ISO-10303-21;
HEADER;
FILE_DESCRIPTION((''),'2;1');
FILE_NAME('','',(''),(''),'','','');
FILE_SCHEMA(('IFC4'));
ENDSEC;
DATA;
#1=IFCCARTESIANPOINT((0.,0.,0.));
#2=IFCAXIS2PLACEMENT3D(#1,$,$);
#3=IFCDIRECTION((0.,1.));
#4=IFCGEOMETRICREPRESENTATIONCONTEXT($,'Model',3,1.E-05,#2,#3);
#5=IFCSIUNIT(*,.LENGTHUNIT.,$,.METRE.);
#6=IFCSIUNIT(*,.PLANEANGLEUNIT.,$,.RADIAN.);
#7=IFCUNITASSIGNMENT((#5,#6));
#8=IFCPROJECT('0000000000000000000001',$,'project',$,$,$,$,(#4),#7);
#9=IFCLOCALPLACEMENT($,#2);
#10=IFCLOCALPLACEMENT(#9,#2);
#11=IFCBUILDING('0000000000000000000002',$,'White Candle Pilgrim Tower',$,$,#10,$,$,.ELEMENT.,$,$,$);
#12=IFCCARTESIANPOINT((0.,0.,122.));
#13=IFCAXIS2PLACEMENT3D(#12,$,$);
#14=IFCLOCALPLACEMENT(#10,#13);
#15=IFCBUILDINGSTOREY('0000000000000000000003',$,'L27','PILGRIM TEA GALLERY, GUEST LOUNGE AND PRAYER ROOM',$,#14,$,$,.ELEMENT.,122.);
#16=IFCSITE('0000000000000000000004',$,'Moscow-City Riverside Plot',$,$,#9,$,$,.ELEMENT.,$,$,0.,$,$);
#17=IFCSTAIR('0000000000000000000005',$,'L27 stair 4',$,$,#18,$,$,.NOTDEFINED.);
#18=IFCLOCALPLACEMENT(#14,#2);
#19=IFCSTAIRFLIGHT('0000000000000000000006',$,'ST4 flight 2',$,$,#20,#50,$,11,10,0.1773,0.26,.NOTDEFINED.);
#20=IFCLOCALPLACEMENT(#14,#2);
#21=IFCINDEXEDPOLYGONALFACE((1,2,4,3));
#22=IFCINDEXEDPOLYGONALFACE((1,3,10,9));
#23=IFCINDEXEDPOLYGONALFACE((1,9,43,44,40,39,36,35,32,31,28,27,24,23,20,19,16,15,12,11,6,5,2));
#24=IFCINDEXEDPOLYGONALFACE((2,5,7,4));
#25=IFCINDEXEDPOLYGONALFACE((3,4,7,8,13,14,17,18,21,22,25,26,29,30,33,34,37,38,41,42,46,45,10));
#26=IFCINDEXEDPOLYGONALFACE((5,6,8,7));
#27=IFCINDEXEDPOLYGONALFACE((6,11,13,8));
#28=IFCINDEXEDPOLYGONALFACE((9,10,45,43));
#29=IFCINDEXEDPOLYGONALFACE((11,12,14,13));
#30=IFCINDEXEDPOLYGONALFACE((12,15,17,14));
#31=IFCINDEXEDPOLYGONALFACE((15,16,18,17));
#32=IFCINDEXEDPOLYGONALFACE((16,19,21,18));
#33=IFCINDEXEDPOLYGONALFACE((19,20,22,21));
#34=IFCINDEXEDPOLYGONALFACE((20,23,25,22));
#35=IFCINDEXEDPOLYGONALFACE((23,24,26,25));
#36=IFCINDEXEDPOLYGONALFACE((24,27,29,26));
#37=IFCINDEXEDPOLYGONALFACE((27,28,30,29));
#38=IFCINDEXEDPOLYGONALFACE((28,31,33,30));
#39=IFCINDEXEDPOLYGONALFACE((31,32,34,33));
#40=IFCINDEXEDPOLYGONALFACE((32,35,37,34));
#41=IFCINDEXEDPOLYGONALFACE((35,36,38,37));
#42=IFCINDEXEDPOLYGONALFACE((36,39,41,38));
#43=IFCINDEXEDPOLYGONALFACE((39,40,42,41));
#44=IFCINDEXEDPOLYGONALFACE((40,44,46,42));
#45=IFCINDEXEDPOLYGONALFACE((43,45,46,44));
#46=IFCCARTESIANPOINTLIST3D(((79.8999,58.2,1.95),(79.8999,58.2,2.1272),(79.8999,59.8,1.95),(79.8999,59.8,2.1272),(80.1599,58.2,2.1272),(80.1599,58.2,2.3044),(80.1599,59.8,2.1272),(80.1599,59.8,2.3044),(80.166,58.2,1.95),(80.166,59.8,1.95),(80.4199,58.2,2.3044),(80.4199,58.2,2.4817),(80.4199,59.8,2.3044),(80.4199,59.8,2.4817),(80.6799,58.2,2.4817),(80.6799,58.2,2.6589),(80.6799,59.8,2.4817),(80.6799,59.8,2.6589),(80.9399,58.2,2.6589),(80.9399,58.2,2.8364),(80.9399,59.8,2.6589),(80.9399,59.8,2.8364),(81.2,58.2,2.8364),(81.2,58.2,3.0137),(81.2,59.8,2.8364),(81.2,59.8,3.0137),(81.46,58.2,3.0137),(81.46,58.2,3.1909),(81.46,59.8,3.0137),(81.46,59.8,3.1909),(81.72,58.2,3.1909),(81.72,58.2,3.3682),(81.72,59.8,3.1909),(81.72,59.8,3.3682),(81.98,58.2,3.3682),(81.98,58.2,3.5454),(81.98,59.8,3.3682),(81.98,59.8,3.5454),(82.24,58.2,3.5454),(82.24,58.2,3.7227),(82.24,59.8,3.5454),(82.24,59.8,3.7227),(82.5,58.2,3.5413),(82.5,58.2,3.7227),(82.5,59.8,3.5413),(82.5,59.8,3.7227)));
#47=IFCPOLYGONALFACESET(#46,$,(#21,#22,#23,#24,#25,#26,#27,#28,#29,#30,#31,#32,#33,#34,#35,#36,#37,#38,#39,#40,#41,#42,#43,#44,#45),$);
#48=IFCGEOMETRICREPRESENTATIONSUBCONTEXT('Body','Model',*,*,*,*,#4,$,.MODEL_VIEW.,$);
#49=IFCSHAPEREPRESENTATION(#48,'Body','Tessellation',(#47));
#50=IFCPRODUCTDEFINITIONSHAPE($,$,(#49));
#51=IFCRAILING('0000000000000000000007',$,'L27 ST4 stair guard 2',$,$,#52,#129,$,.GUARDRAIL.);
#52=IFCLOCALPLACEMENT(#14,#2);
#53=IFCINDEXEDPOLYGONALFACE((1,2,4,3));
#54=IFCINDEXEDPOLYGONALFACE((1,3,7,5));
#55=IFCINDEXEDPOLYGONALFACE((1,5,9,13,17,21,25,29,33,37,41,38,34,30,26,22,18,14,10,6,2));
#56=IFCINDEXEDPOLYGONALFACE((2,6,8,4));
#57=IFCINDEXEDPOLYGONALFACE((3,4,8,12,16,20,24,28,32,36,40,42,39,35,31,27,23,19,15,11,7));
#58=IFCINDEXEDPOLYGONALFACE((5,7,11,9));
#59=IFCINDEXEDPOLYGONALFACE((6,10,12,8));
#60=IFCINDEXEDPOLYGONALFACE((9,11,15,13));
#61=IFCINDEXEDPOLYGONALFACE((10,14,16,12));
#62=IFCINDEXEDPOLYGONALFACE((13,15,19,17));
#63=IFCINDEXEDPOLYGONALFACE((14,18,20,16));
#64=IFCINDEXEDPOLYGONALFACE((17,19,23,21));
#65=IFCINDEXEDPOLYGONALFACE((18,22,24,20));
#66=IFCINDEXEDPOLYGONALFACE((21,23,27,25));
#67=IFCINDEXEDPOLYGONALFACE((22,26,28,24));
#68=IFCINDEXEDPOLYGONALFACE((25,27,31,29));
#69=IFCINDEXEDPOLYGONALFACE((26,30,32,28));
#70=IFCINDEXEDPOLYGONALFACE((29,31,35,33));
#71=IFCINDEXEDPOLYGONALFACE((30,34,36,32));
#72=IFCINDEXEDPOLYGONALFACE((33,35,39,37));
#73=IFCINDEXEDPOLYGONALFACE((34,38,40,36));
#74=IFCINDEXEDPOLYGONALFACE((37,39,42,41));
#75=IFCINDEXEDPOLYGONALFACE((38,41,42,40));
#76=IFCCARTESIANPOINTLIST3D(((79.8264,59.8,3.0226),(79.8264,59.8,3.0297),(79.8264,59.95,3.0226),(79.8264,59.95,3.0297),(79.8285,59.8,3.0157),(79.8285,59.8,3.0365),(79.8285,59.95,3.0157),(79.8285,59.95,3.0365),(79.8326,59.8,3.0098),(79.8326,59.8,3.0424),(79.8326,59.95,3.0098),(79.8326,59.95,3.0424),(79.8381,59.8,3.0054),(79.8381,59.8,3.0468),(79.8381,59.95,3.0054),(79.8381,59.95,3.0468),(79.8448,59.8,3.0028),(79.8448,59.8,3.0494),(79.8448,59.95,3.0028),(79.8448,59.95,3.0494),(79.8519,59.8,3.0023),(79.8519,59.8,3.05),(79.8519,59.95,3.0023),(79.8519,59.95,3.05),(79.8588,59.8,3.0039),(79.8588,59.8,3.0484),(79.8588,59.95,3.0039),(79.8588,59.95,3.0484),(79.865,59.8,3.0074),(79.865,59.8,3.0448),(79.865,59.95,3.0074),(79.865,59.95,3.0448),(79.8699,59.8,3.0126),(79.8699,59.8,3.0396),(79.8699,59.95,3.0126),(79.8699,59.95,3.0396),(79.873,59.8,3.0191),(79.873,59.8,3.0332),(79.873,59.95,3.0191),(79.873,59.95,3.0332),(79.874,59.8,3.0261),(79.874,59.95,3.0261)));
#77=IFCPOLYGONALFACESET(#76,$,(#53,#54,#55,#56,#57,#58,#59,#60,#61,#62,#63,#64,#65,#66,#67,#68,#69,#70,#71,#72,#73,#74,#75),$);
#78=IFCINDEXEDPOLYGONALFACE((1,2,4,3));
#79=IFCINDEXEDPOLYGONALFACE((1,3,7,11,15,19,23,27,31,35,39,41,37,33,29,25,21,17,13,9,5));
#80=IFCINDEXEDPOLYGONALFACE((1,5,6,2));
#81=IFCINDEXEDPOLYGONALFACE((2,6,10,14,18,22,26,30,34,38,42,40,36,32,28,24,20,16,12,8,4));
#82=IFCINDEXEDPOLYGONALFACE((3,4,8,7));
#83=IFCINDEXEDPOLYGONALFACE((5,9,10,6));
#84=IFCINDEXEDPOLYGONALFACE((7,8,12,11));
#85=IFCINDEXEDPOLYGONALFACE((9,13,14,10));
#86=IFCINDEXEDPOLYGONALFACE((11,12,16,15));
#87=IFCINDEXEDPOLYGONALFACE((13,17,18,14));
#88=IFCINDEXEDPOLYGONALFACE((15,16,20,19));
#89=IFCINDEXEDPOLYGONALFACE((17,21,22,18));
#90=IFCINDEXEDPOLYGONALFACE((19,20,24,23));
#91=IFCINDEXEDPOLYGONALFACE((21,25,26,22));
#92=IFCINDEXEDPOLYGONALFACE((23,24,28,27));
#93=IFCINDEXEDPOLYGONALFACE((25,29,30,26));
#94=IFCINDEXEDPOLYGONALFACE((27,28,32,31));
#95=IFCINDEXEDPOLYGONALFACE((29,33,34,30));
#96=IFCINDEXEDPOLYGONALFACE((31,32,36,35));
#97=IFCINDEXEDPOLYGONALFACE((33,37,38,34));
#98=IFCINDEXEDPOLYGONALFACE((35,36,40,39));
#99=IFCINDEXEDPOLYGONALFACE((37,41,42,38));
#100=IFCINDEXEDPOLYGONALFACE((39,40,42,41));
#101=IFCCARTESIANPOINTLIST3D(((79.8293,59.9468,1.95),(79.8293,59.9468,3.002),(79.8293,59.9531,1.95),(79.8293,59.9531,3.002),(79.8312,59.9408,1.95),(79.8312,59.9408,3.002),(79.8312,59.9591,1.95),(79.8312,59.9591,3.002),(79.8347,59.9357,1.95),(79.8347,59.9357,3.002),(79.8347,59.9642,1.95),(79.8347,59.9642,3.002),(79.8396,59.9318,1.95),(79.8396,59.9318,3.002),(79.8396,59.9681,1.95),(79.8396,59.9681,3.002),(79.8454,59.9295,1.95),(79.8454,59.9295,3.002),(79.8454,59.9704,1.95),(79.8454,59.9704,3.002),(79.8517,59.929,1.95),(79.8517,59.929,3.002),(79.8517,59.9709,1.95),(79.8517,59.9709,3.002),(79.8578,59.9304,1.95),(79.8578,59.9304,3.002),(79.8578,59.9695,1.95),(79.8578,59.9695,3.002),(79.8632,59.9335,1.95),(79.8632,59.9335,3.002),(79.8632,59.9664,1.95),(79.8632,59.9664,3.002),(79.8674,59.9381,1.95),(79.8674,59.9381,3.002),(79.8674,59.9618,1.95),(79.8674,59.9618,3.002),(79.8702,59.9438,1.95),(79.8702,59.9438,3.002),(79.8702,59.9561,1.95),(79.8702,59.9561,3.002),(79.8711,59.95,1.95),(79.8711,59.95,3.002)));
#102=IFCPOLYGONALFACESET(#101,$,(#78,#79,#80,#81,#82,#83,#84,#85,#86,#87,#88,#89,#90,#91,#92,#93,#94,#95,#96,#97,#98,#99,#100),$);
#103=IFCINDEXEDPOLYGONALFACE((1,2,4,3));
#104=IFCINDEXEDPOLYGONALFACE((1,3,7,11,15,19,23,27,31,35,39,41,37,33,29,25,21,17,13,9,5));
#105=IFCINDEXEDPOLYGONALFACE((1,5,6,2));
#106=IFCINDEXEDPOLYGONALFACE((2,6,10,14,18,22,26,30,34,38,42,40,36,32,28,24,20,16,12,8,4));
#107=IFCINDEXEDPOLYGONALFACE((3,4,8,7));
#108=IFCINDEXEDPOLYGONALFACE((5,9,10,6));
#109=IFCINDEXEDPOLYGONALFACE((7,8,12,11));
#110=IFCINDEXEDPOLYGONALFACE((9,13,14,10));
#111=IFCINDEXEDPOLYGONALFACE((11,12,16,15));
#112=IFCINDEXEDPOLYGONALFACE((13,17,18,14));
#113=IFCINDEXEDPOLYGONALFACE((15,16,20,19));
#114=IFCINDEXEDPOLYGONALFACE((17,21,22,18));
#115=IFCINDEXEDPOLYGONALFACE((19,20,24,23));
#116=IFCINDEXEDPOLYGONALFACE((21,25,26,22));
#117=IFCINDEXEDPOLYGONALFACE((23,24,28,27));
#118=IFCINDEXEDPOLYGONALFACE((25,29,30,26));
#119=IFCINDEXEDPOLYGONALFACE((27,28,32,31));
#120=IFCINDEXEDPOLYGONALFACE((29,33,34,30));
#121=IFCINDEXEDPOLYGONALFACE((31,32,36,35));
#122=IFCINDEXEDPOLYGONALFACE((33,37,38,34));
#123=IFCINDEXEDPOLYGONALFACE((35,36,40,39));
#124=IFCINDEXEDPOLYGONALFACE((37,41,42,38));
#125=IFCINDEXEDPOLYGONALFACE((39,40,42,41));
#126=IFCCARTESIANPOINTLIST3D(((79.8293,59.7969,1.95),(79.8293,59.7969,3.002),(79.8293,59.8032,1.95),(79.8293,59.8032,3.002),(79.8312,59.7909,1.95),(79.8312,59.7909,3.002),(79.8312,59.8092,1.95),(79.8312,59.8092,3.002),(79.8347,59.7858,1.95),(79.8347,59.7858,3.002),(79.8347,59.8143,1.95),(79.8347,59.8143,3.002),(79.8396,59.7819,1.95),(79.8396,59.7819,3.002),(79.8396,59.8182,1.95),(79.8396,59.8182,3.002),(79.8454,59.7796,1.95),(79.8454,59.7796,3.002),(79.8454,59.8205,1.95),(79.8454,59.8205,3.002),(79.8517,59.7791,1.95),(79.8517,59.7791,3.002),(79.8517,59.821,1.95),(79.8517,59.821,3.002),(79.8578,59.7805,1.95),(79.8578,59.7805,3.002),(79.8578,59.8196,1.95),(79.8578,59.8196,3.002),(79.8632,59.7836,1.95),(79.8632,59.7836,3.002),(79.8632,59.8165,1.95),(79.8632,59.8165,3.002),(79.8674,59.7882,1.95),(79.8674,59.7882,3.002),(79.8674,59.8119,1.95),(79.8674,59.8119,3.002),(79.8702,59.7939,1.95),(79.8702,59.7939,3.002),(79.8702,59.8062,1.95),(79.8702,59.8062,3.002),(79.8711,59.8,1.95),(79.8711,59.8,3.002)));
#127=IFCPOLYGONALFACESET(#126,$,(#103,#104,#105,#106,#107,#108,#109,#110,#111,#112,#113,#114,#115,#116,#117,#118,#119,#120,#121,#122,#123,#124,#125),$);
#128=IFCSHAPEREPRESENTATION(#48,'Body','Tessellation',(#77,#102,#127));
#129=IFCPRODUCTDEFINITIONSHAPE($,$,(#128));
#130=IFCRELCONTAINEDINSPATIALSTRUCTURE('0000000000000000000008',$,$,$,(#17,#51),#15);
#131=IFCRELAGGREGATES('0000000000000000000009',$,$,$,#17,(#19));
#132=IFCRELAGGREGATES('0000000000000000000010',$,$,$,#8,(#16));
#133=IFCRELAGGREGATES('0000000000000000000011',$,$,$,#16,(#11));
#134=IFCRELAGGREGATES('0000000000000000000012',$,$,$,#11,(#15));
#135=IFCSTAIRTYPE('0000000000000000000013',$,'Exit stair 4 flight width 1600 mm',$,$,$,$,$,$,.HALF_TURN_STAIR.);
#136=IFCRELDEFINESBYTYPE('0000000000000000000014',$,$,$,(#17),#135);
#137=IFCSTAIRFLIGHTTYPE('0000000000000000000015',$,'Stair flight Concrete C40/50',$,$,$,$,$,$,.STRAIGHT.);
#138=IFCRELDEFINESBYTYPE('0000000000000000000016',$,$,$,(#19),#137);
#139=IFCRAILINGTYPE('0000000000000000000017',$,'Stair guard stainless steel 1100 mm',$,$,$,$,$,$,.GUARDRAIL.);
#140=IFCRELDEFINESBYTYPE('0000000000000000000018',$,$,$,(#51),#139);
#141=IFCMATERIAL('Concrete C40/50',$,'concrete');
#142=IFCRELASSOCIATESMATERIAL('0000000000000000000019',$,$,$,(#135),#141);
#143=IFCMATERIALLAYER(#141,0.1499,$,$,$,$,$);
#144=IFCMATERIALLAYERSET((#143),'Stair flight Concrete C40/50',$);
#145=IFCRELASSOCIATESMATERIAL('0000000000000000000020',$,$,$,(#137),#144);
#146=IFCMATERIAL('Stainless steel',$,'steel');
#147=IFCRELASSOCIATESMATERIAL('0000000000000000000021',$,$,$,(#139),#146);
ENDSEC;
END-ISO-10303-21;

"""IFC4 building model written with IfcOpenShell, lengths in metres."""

from ifc_helpers import new_model, si_unit, direction, frame, origin, origin_2d, place, context, subcontext, project, spatial, polyline, circle, outline, extrude, material, layer, layer_set, type_object, element, aggregate, save


model = new_model("IFC4")

# Units and contexts
model_context = context("Model", 3, precision=1e-05, world=origin(), true_north=direction((0.0, 1.0)))
body_context = subcontext(model_context, "Body", "Model", "MODEL_VIEW")
ifc_project = project(units=[si_unit("LENGTHUNIT", "METRE"), si_unit("PLANEANGLEUNIT", "RADIAN")], contexts=[model_context])

# Site, building, storey
site_placement = place(None, origin())
site = spatial("IfcSite", under=ifc_project, at=site_placement, Name="Moscow-City Riverside Plot", CompositionType="ELEMENT", RefElevation=0.0)
building_placement = place(site_placement, origin())
building = spatial("IfcBuilding", under=site, at=building_placement, Name="White Candle Pilgrim Tower", CompositionType="ELEMENT")
storey_placement = place(building_placement, frame((0.0, 0.0, 122.0)))
storey = spatial("IfcBuildingStorey", under=building, at=storey_placement, Name="L27", Description="PILGRIM TEA GALLERY, GUEST LOUNGE AND PRAYER ROOM", CompositionType="ELEMENT", Elevation=122.0)

# Stair, stair flight
ifc_material_1 = material(Name="Concrete C40/50", Category="concrete")
stair_type = type_object("IfcStairType", Name="Exit stair 4 flight width 1600 mm", PredefinedType="HALF_TURN_STAIR", material=ifc_material_1)
stair_placement = place(storey_placement, origin())
stair = element("IfcStair", 1, at=stair_placement, inside=storey, type_object=stair_type, Name="L27 stair 4", PredefinedType="NOTDEFINED")
ifc_layer_1 = layer(ifc_material_1, 0.1499)
ifc_layer_set_1 = layer_set([ifc_layer_1], Name="Stair flight Concrete C40/50")
stair_flight_type = type_object("IfcStairFlightType", Name="Stair flight Concrete C40/50", PredefinedType="STRAIGHT", material=ifc_layer_set_1)
stair_flight_placement = place(storey_placement, frame((79.8999, 59.0, 1.95), z_axis=(0.0, 0.0, 1.0), x_axis=(1.0, 0.0, 0.0)))
stair_flight = element("IfcStairFlight", 2, at=stair_flight_placement, type_object=stair_flight_type, Name="ST4 flight 2", NumberOfRisers=11, NumberOfTreads=10, PredefinedType="NOTDEFINED", RiserHeight=0.1773, TreadLength=0.26, context=body_context, shape_type="SweptSolid", body=[
    extrude(outline(polyline([(0.0, 0.0), (0.0, 0.1772), (0.26, 0.1772), (0.26, 0.3545), (0.52, 0.3545), (0.52, 0.5317), (0.78, 0.5317), (0.78, 0.709), (1.04, 0.709), (1.04, 0.8865), (1.3, 0.8865), (1.3, 1.0637), (1.5601, 1.0637), (1.5601, 1.241), (1.8201, 1.241), (1.8201, 1.4182), (2.0801, 1.4182), (2.0801, 1.5955), (2.3401, 1.5955), (2.3401, 1.7727), (2.6001, 1.7727), (2.6001, 1.95), (2.6001, 1.5913), (0.2661, 0.0), (0.0, 0.0)])), frame((0.0, 0.8, 0.0), z_axis=(0.0, -1.0, 0.0), x_axis=(1.0, 0.0, 0.0)), (0.0, 0.0, 1.0), 1.6001),
])
aggregate(stair, [stair_flight])

# Railing
ifc_material_2 = material(Name="Stainless steel", Category="steel")
railing_type_1 = type_object("IfcRailingType", Name="Stair guard stainless steel 1100 mm", PredefinedType="GUARDRAIL", material=ifc_material_2)
railing_1_placement = place(storey_placement, frame((79.8501, 59.95, 1.95)))
element("IfcRailing", 3, at=railing_1_placement, inside=storey, type_object=railing_type_1, Name="L27 ST4 stair guard 2", PredefinedType="GUARDRAIL", context=body_context, shape_type="SweptSolid", body=[
    extrude(circle(Radius=0.0239, at=origin_2d()), frame((0.0, 0.0, 1.0762), z_axis=(0.0, -1.0, 0.0), x_axis=(1.0, 0.0, 0.0)), (0.0, 0.0, 1.0), 0.1499),
    extrude(circle(Radius=0.021, at=origin_2d()), origin(), (0.0, 0.0, 1.0), 1.052),
    extrude(circle(Radius=0.021, at=origin_2d()), frame((0.0, -0.1499, 0.0)), (0.0, 0.0, 1.0), 1.052),
])

save(model, "model.ifc")
